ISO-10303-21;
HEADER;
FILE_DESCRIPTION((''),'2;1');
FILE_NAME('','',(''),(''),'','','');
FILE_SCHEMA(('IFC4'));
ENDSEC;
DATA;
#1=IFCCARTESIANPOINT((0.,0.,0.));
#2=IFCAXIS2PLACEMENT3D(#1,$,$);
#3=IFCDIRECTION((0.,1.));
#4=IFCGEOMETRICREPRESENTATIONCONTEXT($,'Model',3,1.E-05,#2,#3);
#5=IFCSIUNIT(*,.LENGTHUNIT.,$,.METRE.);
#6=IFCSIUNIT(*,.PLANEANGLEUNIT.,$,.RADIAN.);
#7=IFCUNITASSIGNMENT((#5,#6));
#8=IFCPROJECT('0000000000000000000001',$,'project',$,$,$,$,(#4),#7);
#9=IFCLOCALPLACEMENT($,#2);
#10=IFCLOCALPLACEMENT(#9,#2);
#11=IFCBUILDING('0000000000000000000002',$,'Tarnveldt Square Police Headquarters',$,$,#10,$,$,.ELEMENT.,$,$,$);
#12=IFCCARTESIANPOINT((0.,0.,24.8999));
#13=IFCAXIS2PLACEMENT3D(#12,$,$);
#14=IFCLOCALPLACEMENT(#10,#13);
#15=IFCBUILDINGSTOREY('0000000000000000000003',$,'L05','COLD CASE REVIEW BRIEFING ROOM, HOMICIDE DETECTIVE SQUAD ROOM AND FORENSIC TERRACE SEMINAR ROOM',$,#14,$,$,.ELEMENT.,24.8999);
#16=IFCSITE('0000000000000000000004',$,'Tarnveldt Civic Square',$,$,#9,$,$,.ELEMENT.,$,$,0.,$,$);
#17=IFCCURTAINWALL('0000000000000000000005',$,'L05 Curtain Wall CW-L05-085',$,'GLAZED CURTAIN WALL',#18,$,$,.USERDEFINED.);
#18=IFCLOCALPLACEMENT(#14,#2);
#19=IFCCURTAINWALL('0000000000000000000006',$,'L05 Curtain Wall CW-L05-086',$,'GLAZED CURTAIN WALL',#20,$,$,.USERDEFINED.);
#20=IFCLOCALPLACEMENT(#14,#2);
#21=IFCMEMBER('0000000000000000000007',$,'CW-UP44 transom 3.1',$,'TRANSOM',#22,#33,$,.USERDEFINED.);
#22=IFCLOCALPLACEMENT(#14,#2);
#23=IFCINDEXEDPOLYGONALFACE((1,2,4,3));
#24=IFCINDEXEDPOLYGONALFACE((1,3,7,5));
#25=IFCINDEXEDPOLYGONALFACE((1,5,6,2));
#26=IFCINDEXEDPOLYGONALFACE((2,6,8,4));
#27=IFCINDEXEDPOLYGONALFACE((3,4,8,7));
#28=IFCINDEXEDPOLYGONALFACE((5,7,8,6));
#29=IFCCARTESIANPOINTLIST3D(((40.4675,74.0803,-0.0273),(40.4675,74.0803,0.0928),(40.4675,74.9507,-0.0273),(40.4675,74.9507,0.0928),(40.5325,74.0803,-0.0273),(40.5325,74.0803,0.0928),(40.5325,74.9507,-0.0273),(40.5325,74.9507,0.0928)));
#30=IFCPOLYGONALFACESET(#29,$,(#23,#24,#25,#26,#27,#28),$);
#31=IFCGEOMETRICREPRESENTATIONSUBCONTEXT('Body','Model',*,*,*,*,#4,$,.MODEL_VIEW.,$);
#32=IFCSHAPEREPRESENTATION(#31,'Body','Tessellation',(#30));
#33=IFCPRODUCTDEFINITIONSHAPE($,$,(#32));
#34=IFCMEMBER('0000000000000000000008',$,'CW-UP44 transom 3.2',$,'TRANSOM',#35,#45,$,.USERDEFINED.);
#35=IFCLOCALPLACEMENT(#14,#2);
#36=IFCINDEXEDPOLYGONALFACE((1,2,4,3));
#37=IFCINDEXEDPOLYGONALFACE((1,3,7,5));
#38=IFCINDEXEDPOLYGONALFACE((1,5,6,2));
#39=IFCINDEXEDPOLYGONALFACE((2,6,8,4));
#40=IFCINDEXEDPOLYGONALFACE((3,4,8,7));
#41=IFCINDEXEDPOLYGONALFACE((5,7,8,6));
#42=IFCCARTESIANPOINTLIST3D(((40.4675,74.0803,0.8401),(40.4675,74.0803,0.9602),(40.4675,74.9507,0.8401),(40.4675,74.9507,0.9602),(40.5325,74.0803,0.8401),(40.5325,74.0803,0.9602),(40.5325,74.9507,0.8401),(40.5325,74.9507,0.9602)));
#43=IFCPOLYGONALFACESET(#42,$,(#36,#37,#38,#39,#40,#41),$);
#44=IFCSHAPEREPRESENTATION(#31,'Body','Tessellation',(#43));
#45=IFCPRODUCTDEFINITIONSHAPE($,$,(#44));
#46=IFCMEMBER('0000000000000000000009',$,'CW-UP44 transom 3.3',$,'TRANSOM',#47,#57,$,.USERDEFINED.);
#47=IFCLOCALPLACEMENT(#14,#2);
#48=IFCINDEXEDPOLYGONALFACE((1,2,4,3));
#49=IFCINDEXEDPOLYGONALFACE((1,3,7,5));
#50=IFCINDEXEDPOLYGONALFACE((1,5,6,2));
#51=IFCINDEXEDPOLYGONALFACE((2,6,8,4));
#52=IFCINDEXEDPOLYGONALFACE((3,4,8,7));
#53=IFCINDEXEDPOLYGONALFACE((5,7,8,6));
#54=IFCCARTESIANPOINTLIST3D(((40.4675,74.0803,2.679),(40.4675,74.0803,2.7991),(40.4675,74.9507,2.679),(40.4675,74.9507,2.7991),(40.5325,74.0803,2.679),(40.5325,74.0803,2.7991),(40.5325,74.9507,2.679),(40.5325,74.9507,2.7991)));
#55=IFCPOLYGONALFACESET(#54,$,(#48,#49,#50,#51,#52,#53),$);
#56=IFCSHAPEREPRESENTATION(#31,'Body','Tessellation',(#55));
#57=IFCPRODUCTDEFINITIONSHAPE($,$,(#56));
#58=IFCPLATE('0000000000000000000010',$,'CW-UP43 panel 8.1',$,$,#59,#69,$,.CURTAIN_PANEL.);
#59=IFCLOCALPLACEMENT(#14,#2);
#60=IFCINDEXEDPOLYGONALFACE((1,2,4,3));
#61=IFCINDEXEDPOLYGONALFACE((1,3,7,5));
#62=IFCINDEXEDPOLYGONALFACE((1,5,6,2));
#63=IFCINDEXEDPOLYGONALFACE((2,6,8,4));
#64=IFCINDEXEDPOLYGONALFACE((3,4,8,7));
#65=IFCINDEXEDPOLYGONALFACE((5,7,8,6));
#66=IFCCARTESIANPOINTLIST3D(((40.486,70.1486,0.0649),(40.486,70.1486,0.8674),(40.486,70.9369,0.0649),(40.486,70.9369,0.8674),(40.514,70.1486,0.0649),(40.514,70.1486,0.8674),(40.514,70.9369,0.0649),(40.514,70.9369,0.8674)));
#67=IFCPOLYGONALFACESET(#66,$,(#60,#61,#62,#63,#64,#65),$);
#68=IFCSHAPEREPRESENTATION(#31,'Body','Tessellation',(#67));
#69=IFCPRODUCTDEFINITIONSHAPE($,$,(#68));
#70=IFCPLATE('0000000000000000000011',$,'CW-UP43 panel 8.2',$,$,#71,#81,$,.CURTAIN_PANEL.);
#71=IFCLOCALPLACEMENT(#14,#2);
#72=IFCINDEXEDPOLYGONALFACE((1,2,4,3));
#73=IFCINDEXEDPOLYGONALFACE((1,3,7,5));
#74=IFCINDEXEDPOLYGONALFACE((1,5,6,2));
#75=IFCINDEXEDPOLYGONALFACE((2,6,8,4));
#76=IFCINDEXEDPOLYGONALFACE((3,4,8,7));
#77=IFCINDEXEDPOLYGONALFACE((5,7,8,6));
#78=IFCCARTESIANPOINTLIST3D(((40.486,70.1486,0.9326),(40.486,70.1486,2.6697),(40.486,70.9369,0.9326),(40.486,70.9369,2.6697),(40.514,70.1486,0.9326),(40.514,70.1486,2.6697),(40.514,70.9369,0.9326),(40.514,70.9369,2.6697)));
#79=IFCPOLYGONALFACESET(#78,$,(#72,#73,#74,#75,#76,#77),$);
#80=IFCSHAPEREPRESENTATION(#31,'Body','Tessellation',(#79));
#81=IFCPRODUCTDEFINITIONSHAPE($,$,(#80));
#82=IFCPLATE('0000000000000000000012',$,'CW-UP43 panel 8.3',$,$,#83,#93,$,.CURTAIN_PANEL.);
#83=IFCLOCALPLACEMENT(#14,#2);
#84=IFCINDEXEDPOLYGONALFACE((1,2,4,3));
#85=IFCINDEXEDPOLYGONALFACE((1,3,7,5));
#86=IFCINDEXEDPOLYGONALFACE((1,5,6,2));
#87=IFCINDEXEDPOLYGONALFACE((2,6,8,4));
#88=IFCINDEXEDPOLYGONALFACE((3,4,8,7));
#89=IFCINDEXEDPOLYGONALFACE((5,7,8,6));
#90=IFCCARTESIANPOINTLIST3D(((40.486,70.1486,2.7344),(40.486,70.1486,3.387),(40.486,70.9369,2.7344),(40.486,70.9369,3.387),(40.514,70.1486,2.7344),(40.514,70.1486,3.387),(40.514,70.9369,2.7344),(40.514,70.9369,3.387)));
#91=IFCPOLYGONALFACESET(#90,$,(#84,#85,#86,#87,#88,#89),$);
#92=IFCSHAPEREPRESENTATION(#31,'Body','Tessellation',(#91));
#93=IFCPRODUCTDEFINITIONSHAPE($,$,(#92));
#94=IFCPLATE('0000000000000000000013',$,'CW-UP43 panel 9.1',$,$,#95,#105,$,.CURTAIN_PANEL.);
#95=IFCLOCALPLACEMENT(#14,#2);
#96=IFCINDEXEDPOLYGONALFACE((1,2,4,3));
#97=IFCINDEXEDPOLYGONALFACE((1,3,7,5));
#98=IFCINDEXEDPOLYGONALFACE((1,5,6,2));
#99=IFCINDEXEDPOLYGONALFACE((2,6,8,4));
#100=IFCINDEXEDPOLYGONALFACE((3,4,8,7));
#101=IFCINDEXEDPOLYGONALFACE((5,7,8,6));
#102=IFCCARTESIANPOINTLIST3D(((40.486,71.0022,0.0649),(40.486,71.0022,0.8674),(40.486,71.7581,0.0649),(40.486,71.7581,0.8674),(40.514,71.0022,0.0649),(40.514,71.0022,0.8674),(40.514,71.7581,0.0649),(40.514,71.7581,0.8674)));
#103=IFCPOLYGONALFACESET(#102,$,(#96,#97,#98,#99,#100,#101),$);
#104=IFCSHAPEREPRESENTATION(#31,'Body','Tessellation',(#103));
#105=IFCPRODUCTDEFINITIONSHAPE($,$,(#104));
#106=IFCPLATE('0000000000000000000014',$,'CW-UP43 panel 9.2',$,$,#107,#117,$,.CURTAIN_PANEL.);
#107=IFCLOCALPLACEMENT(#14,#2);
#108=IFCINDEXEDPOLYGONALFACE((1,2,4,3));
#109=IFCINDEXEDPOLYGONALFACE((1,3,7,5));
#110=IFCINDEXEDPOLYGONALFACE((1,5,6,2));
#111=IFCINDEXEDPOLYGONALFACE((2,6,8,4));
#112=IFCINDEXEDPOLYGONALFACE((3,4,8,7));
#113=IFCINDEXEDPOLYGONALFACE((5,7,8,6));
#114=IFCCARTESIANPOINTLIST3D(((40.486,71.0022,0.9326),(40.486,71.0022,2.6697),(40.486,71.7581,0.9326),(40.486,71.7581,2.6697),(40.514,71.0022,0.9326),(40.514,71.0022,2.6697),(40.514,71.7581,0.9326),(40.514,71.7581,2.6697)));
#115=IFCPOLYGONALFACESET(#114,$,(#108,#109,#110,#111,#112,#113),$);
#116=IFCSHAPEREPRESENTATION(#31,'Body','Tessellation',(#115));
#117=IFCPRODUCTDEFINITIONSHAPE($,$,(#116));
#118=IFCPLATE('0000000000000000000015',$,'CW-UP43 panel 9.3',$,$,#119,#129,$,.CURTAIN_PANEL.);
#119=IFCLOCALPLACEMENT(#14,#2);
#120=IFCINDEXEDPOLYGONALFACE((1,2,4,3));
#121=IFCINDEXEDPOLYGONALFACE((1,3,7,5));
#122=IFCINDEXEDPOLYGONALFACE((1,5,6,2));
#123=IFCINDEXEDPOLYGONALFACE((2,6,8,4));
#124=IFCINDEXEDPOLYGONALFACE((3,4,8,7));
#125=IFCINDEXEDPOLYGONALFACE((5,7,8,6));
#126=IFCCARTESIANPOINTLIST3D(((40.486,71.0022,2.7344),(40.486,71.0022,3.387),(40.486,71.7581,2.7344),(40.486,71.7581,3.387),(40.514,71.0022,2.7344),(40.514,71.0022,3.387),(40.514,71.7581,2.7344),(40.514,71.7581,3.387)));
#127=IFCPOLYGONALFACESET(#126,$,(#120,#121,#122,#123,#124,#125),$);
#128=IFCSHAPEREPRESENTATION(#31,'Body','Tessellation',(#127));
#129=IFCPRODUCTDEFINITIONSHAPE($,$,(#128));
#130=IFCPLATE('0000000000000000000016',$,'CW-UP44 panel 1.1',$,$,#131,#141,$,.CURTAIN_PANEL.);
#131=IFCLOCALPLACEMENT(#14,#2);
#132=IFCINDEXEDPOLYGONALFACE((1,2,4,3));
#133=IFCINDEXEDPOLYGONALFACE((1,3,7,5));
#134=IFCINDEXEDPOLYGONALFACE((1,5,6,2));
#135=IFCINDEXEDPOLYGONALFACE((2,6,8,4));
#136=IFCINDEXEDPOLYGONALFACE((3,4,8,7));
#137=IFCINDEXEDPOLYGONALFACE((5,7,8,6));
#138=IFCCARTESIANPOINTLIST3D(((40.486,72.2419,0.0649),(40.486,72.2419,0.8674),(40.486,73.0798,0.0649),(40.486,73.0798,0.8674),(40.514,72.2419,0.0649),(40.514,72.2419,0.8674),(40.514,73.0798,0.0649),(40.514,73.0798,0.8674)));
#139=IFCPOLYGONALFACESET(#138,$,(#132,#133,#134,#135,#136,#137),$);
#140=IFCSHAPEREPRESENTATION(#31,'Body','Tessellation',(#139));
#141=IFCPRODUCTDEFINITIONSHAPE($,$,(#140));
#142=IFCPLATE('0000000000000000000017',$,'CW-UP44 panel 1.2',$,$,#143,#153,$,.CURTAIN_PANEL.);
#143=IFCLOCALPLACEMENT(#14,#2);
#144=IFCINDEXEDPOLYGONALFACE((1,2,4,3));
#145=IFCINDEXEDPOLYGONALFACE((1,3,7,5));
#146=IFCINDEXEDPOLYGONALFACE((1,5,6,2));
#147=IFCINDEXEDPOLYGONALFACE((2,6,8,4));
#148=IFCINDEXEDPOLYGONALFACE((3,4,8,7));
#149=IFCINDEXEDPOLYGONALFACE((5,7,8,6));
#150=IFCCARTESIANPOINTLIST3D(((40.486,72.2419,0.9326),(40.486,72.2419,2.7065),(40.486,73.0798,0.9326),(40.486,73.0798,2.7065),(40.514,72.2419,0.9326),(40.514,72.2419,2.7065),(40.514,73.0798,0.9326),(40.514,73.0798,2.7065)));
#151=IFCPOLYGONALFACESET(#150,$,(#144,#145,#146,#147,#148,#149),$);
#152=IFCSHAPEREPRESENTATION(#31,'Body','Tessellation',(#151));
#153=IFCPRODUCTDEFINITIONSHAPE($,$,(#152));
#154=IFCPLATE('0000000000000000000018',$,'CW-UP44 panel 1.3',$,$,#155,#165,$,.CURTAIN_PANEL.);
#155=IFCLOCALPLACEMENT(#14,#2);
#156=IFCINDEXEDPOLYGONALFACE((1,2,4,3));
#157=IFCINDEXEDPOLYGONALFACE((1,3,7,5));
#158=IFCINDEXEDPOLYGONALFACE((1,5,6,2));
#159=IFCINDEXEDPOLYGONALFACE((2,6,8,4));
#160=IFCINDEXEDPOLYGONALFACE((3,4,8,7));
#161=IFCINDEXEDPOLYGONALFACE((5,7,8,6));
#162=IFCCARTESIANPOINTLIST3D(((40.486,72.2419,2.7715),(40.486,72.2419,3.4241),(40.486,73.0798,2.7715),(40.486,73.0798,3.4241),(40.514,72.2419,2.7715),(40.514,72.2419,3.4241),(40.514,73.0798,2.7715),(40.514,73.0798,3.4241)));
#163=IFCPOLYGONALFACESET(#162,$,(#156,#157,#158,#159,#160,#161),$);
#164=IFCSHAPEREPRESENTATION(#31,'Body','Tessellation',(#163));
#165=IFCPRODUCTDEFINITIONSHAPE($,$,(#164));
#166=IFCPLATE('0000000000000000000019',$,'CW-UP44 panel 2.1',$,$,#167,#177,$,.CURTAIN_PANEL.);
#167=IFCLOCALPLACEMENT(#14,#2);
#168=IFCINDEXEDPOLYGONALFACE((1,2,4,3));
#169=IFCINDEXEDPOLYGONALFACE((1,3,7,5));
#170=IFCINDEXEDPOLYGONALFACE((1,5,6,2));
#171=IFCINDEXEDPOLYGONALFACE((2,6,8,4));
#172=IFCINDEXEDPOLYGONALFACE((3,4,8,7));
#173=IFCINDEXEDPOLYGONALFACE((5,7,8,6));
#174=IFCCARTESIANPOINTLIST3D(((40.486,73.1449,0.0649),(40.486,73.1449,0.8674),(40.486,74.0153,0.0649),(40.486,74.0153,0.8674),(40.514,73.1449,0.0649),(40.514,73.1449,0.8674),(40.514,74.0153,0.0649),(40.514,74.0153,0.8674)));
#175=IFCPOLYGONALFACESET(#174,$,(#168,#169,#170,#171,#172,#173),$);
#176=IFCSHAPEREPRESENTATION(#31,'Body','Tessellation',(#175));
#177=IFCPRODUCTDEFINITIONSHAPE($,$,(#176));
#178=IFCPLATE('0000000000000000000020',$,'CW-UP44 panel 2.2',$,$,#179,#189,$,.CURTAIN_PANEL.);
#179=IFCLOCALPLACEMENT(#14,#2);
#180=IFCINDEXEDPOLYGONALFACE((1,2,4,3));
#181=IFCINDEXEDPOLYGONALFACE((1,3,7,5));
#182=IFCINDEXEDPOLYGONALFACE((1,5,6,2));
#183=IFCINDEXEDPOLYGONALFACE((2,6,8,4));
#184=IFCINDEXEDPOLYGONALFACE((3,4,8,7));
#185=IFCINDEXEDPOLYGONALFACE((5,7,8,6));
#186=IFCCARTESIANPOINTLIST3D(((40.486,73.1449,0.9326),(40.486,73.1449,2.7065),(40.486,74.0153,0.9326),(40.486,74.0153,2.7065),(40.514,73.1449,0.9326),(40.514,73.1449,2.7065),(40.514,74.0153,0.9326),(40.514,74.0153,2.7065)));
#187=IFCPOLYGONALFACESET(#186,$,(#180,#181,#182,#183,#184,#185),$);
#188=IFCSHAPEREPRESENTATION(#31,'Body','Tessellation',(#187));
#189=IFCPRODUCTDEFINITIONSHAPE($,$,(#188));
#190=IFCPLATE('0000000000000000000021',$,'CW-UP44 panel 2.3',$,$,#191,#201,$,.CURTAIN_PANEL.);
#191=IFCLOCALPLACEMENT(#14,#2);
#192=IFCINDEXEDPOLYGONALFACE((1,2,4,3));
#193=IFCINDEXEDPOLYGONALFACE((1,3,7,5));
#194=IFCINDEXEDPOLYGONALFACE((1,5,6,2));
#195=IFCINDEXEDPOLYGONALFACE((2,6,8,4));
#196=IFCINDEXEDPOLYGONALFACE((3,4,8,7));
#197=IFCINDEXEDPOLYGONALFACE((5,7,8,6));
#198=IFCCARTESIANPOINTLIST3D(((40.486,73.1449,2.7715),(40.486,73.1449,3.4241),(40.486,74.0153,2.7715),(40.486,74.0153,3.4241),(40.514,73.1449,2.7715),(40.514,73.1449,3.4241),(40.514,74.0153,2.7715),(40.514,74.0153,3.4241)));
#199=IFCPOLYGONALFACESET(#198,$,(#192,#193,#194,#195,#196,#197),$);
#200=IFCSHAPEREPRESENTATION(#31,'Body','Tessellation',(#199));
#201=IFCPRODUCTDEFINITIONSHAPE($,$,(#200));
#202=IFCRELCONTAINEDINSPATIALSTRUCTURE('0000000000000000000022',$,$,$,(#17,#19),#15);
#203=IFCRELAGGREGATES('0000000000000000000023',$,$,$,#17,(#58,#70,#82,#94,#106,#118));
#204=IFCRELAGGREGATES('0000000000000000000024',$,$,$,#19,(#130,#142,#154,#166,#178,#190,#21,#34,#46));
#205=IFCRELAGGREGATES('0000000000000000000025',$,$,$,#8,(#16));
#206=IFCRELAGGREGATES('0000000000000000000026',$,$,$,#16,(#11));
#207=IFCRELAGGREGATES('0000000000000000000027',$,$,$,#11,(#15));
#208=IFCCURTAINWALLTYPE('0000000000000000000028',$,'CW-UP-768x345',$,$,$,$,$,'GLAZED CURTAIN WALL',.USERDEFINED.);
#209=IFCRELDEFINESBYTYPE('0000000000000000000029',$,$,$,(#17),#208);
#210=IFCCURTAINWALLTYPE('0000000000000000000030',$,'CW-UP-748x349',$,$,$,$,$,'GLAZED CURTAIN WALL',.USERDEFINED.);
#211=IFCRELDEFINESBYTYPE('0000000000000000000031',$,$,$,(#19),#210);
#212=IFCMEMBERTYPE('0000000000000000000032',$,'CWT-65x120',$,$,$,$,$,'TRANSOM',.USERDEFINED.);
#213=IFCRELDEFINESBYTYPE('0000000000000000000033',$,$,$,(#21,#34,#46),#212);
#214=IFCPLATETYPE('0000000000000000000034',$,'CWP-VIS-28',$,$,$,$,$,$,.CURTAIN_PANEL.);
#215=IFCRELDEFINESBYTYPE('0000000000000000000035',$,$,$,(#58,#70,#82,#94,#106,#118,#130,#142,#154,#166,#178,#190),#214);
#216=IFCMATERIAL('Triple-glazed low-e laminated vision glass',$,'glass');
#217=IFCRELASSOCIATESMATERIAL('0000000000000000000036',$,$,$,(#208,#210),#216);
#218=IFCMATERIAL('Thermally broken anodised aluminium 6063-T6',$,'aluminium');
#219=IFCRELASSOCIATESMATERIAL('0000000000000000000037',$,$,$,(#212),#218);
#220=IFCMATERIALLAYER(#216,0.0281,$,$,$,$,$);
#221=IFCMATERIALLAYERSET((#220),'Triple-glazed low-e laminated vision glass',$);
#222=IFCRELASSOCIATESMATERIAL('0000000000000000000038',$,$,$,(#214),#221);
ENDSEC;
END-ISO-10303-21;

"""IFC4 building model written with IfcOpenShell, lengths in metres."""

from ifc_helpers import new_model, si_unit, direction, frame, origin, origin_2d, place, context, subcontext, project, spatial, rectangle, extrude, material, layer, layer_set, material_profile, profile_set, type_object, element, aggregate, save


model = new_model("IFC4")

# Units and contexts
model_context = context("Model", 3, precision=1e-05, world=origin(), true_north=direction((0.0, 1.0)))
body_context = subcontext(model_context, "Body", "Model", "MODEL_VIEW")
ifc_project = project(units=[si_unit("LENGTHUNIT", "METRE"), si_unit("PLANEANGLEUNIT", "RADIAN")], contexts=[model_context])

# Site, building, storey
site_placement = place(None, origin())
site = spatial("IfcSite", under=ifc_project, at=site_placement, Name="Tarnveldt Civic Square", CompositionType="ELEMENT", RefElevation=0.0)
building_placement = place(site_placement, origin())
building = spatial("IfcBuilding", under=site, at=building_placement, Name="Tarnveldt Square Police Headquarters", CompositionType="ELEMENT")
storey_placement = place(building_placement, frame((0.0, 0.0, 24.8999)))
storey = spatial("IfcBuildingStorey", under=building, at=storey_placement, Name="L05", Description="COLD CASE REVIEW BRIEFING ROOM, HOMICIDE DETECTIVE SQUAD ROOM AND FORENSIC TERRACE SEMINAR ROOM", CompositionType="ELEMENT", Elevation=24.8999)

# Curtain walls
ifc_material_1 = material(Name="Triple-glazed low-e laminated vision glass", Category="glass")
curtain_wall_type_1 = type_object("IfcCurtainWallType", Name="CW-UP-768x345", ElementType="GLAZED CURTAIN WALL", PredefinedType="USERDEFINED", material=ifc_material_1)
curtain_wall_1_placement = place(storey_placement, origin())
curtain_wall_1 = element("IfcCurtainWall", 1, at=curtain_wall_1_placement, inside=storey, type_object=curtain_wall_type_1, Name="L05 Curtain Wall CW-L05-085", ObjectType="GLAZED CURTAIN WALL", PredefinedType="USERDEFINED")
ifc_material_2 = material(Name="Thermally broken anodised aluminium 6063-T6", Category="aluminium")
curtain_wall_type_2 = type_object("IfcCurtainWallType", Name="CW-UP-748x349", ElementType="GLAZED CURTAIN WALL", PredefinedType="USERDEFINED", material=ifc_material_1)
curtain_wall_2_placement = place(storey_placement, origin())
curtain_wall_2 = element("IfcCurtainWall", 2, at=curtain_wall_2_placement, inside=storey, type_object=curtain_wall_type_2, Name="L05 Curtain Wall CW-L05-086", ObjectType="GLAZED CURTAIN WALL", PredefinedType="USERDEFINED")

# Members
ifc_material_profile_1 = material_profile(ifc_material_2, rectangle(XDim=0.0649, YDim=0.1201, at=origin_2d()), Name="CW-T65x120")
ifc_profile_set_1 = profile_set([ifc_material_profile_1], Name="Thermally broken anodised aluminium 6063-T6")
member_type_1 = type_object("IfcMemberType", Name="CWT-65x120", ElementType="TRANSOM", PredefinedType="USERDEFINED", material=ifc_profile_set_1)
member_1_placement = place(storey_placement, frame((40.5, 74.0803, 0.0327), z_axis=(0.0, 1.0, 0.0), x_axis=(-1.0, 0.0, 0.0)))
member_1 = element("IfcMember", 3, at=member_1_placement, type_object=member_type_1, Name="CW-UP44 transom 3.1", ObjectType="TRANSOM", PredefinedType="USERDEFINED", context=body_context, shape_type="SweptSolid", body=[
    extrude(rectangle(XDim=0.0649, YDim=0.1201, at=origin_2d()), origin(), (0.0, 0.0, 1.0), 0.8704),
])
member_2_placement = place(storey_placement, frame((40.5, 74.0803, 0.9001), z_axis=(0.0, 1.0, 0.0), x_axis=(-1.0, 0.0, 0.0)))
member_2 = element("IfcMember", 4, at=member_2_placement, type_object=member_type_1, Name="CW-UP44 transom 3.2", ObjectType="TRANSOM", PredefinedType="USERDEFINED", context=body_context, shape_type="SweptSolid", body=[
    extrude(rectangle(XDim=0.0649, YDim=0.1201, at=origin_2d()), origin(), (0.0, 0.0, 1.0), 0.8704),
])
member_3_placement = place(storey_placement, frame((40.5, 74.0803, 2.739), z_axis=(0.0, 1.0, 0.0), x_axis=(-1.0, 0.0, 0.0)))
member_3 = element("IfcMember", 5, at=member_3_placement, type_object=member_type_1, Name="CW-UP44 transom 3.3", ObjectType="TRANSOM", PredefinedType="USERDEFINED", context=body_context, shape_type="SweptSolid", body=[
    extrude(rectangle(XDim=0.0649, YDim=0.1201, at=origin_2d()), origin(), (0.0, 0.0, 1.0), 0.8704),
])

# Plates
ifc_layer = layer(ifc_material_1, 0.0281)
ifc_layer_set = layer_set([ifc_layer], Name="Triple-glazed low-e laminated vision glass")
plate_type = type_object("IfcPlateType", Name="CWP-VIS-28", PredefinedType="CURTAIN_PANEL", material=ifc_layer_set)
plate_1_placement = place(storey_placement, frame((40.5, 70.5427, 0.0649), z_axis=(0.0, 0.0, 1.0), x_axis=(0.0, 1.0, 0.0)))
plate_1 = element("IfcPlate", 6, at=plate_1_placement, type_object=plate_type, Name="CW-UP43 panel 8.1", PredefinedType="CURTAIN_PANEL", context=body_context, shape_type="SweptSolid", body=[
    extrude(rectangle(XDim=0.7883, YDim=0.0281, at=origin_2d()), origin(), (0.0, 0.0, 1.0), 0.8025),
])
plate_2_placement = place(storey_placement, frame((40.5, 70.5427, 0.9326), z_axis=(0.0, 0.0, 1.0), x_axis=(0.0, 1.0, 0.0)))
plate_2 = element("IfcPlate", 7, at=plate_2_placement, type_object=plate_type, Name="CW-UP43 panel 8.2", PredefinedType="CURTAIN_PANEL", context=body_context, shape_type="SweptSolid", body=[
    extrude(rectangle(XDim=0.7883, YDim=0.0281, at=origin_2d()), origin(), (0.0, 0.0, 1.0), 1.7371),
])
plate_3_placement = place(storey_placement, frame((40.5, 70.5427, 2.7344), z_axis=(0.0, 0.0, 1.0), x_axis=(0.0, 1.0, 0.0)))
plate_3 = element("IfcPlate", 8, at=plate_3_placement, type_object=plate_type, Name="CW-UP43 panel 8.3", PredefinedType="CURTAIN_PANEL", context=body_context, shape_type="SweptSolid", body=[
    extrude(rectangle(XDim=0.7883, YDim=0.0281, at=origin_2d()), origin(), (0.0, 0.0, 1.0), 0.6526),
])
plate_4_placement = place(storey_placement, frame((40.5, 71.3801, 0.0649), z_axis=(0.0, 0.0, 1.0), x_axis=(0.0, 1.0, 0.0)))
plate_4 = element("IfcPlate", 9, at=plate_4_placement, type_object=plate_type, Name="CW-UP43 panel 9.1", PredefinedType="CURTAIN_PANEL", context=body_context, shape_type="SweptSolid", body=[
    extrude(rectangle(XDim=0.7559, YDim=0.0281, at=origin_2d()), origin(), (0.0, 0.0, 1.0), 0.8025),
])
plate_5_placement = place(storey_placement, frame((40.5, 71.3801, 0.9326), z_axis=(0.0, 0.0, 1.0), x_axis=(0.0, 1.0, 0.0)))
plate_5 = element("IfcPlate", 10, at=plate_5_placement, type_object=plate_type, Name="CW-UP43 panel 9.2", PredefinedType="CURTAIN_PANEL", context=body_context, shape_type="SweptSolid", body=[
    extrude(rectangle(XDim=0.7559, YDim=0.0281, at=origin_2d()), origin(), (0.0, 0.0, 1.0), 1.7371),
])
plate_6_placement = place(storey_placement, frame((40.5, 71.3801, 2.7344), z_axis=(0.0, 0.0, 1.0), x_axis=(0.0, 1.0, 0.0)))
plate_6 = element("IfcPlate", 11, at=plate_6_placement, type_object=plate_type, Name="CW-UP43 panel 9.3", PredefinedType="CURTAIN_PANEL", context=body_context, shape_type="SweptSolid", body=[
    extrude(rectangle(XDim=0.7559, YDim=0.0281, at=origin_2d()), origin(), (0.0, 0.0, 1.0), 0.6526),
])
aggregate(curtain_wall_1, [plate_1, plate_2, plate_3, plate_4, plate_5, plate_6])
plate_7_placement = place(storey_placement, frame((40.5, 72.6609, 0.0649), z_axis=(0.0, 0.0, 1.0), x_axis=(0.0, 1.0, 0.0)))
plate_7 = element("IfcPlate", 12, at=plate_7_placement, type_object=plate_type, Name="CW-UP44 panel 1.1", PredefinedType="CURTAIN_PANEL", context=body_context, shape_type="SweptSolid", body=[
    extrude(rectangle(XDim=0.8379, YDim=0.0281, at=origin_2d()), origin(), (0.0, 0.0, 1.0), 0.8025),
])
plate_8_placement = place(storey_placement, frame((40.5, 72.6609, 0.9326), z_axis=(0.0, 0.0, 1.0), x_axis=(0.0, 1.0, 0.0)))
plate_8 = element("IfcPlate", 13, at=plate_8_placement, type_object=plate_type, Name="CW-UP44 panel 1.2", PredefinedType="CURTAIN_PANEL", context=body_context, shape_type="SweptSolid", body=[
    extrude(rectangle(XDim=0.8379, YDim=0.0281, at=origin_2d()), origin(), (0.0, 0.0, 1.0), 1.7739),
])
plate_9_placement = place(storey_placement, frame((40.5, 72.6609, 2.7715), z_axis=(0.0, 0.0, 1.0), x_axis=(0.0, 1.0, 0.0)))
plate_9 = element("IfcPlate", 14, at=plate_9_placement, type_object=plate_type, Name="CW-UP44 panel 1.3", PredefinedType="CURTAIN_PANEL", context=body_context, shape_type="SweptSolid", body=[
    extrude(rectangle(XDim=0.8379, YDim=0.0281, at=origin_2d()), origin(), (0.0, 0.0, 1.0), 0.6526),
])
plate_10_placement = place(storey_placement, frame((40.5, 73.5801, 0.0649), z_axis=(0.0, 0.0, 1.0), x_axis=(0.0, 1.0, 0.0)))
plate_10 = element("IfcPlate", 15, at=plate_10_placement, type_object=plate_type, Name="CW-UP44 panel 2.1", PredefinedType="CURTAIN_PANEL", context=body_context, shape_type="SweptSolid", body=[
    extrude(rectangle(XDim=0.8704, YDim=0.0281, at=origin_2d()), origin(), (0.0, 0.0, 1.0), 0.8025),
])
plate_11_placement = place(storey_placement, frame((40.5, 73.5801, 0.9326), z_axis=(0.0, 0.0, 1.0), x_axis=(0.0, 1.0, 0.0)))
plate_11 = element("IfcPlate", 16, at=plate_11_placement, type_object=plate_type, Name="CW-UP44 panel 2.2", PredefinedType="CURTAIN_PANEL", context=body_context, shape_type="SweptSolid", body=[
    extrude(rectangle(XDim=0.8704, YDim=0.0281, at=origin_2d()), origin(), (0.0, 0.0, 1.0), 1.7739),
])
plate_12_placement = place(storey_placement, frame((40.5, 73.5801, 2.7715), z_axis=(0.0, 0.0, 1.0), x_axis=(0.0, 1.0, 0.0)))
plate_12 = element("IfcPlate", 17, at=plate_12_placement, type_object=plate_type, Name="CW-UP44 panel 2.3", PredefinedType="CURTAIN_PANEL", context=body_context, shape_type="SweptSolid", body=[
    extrude(rectangle(XDim=0.8704, YDim=0.0281, at=origin_2d()), origin(), (0.0, 0.0, 1.0), 0.6526),
])
aggregate(curtain_wall_2, [plate_7, plate_8, plate_9, plate_10, plate_11, plate_12, member_1, member_2, member_3])

save(model, "model.ifc")
